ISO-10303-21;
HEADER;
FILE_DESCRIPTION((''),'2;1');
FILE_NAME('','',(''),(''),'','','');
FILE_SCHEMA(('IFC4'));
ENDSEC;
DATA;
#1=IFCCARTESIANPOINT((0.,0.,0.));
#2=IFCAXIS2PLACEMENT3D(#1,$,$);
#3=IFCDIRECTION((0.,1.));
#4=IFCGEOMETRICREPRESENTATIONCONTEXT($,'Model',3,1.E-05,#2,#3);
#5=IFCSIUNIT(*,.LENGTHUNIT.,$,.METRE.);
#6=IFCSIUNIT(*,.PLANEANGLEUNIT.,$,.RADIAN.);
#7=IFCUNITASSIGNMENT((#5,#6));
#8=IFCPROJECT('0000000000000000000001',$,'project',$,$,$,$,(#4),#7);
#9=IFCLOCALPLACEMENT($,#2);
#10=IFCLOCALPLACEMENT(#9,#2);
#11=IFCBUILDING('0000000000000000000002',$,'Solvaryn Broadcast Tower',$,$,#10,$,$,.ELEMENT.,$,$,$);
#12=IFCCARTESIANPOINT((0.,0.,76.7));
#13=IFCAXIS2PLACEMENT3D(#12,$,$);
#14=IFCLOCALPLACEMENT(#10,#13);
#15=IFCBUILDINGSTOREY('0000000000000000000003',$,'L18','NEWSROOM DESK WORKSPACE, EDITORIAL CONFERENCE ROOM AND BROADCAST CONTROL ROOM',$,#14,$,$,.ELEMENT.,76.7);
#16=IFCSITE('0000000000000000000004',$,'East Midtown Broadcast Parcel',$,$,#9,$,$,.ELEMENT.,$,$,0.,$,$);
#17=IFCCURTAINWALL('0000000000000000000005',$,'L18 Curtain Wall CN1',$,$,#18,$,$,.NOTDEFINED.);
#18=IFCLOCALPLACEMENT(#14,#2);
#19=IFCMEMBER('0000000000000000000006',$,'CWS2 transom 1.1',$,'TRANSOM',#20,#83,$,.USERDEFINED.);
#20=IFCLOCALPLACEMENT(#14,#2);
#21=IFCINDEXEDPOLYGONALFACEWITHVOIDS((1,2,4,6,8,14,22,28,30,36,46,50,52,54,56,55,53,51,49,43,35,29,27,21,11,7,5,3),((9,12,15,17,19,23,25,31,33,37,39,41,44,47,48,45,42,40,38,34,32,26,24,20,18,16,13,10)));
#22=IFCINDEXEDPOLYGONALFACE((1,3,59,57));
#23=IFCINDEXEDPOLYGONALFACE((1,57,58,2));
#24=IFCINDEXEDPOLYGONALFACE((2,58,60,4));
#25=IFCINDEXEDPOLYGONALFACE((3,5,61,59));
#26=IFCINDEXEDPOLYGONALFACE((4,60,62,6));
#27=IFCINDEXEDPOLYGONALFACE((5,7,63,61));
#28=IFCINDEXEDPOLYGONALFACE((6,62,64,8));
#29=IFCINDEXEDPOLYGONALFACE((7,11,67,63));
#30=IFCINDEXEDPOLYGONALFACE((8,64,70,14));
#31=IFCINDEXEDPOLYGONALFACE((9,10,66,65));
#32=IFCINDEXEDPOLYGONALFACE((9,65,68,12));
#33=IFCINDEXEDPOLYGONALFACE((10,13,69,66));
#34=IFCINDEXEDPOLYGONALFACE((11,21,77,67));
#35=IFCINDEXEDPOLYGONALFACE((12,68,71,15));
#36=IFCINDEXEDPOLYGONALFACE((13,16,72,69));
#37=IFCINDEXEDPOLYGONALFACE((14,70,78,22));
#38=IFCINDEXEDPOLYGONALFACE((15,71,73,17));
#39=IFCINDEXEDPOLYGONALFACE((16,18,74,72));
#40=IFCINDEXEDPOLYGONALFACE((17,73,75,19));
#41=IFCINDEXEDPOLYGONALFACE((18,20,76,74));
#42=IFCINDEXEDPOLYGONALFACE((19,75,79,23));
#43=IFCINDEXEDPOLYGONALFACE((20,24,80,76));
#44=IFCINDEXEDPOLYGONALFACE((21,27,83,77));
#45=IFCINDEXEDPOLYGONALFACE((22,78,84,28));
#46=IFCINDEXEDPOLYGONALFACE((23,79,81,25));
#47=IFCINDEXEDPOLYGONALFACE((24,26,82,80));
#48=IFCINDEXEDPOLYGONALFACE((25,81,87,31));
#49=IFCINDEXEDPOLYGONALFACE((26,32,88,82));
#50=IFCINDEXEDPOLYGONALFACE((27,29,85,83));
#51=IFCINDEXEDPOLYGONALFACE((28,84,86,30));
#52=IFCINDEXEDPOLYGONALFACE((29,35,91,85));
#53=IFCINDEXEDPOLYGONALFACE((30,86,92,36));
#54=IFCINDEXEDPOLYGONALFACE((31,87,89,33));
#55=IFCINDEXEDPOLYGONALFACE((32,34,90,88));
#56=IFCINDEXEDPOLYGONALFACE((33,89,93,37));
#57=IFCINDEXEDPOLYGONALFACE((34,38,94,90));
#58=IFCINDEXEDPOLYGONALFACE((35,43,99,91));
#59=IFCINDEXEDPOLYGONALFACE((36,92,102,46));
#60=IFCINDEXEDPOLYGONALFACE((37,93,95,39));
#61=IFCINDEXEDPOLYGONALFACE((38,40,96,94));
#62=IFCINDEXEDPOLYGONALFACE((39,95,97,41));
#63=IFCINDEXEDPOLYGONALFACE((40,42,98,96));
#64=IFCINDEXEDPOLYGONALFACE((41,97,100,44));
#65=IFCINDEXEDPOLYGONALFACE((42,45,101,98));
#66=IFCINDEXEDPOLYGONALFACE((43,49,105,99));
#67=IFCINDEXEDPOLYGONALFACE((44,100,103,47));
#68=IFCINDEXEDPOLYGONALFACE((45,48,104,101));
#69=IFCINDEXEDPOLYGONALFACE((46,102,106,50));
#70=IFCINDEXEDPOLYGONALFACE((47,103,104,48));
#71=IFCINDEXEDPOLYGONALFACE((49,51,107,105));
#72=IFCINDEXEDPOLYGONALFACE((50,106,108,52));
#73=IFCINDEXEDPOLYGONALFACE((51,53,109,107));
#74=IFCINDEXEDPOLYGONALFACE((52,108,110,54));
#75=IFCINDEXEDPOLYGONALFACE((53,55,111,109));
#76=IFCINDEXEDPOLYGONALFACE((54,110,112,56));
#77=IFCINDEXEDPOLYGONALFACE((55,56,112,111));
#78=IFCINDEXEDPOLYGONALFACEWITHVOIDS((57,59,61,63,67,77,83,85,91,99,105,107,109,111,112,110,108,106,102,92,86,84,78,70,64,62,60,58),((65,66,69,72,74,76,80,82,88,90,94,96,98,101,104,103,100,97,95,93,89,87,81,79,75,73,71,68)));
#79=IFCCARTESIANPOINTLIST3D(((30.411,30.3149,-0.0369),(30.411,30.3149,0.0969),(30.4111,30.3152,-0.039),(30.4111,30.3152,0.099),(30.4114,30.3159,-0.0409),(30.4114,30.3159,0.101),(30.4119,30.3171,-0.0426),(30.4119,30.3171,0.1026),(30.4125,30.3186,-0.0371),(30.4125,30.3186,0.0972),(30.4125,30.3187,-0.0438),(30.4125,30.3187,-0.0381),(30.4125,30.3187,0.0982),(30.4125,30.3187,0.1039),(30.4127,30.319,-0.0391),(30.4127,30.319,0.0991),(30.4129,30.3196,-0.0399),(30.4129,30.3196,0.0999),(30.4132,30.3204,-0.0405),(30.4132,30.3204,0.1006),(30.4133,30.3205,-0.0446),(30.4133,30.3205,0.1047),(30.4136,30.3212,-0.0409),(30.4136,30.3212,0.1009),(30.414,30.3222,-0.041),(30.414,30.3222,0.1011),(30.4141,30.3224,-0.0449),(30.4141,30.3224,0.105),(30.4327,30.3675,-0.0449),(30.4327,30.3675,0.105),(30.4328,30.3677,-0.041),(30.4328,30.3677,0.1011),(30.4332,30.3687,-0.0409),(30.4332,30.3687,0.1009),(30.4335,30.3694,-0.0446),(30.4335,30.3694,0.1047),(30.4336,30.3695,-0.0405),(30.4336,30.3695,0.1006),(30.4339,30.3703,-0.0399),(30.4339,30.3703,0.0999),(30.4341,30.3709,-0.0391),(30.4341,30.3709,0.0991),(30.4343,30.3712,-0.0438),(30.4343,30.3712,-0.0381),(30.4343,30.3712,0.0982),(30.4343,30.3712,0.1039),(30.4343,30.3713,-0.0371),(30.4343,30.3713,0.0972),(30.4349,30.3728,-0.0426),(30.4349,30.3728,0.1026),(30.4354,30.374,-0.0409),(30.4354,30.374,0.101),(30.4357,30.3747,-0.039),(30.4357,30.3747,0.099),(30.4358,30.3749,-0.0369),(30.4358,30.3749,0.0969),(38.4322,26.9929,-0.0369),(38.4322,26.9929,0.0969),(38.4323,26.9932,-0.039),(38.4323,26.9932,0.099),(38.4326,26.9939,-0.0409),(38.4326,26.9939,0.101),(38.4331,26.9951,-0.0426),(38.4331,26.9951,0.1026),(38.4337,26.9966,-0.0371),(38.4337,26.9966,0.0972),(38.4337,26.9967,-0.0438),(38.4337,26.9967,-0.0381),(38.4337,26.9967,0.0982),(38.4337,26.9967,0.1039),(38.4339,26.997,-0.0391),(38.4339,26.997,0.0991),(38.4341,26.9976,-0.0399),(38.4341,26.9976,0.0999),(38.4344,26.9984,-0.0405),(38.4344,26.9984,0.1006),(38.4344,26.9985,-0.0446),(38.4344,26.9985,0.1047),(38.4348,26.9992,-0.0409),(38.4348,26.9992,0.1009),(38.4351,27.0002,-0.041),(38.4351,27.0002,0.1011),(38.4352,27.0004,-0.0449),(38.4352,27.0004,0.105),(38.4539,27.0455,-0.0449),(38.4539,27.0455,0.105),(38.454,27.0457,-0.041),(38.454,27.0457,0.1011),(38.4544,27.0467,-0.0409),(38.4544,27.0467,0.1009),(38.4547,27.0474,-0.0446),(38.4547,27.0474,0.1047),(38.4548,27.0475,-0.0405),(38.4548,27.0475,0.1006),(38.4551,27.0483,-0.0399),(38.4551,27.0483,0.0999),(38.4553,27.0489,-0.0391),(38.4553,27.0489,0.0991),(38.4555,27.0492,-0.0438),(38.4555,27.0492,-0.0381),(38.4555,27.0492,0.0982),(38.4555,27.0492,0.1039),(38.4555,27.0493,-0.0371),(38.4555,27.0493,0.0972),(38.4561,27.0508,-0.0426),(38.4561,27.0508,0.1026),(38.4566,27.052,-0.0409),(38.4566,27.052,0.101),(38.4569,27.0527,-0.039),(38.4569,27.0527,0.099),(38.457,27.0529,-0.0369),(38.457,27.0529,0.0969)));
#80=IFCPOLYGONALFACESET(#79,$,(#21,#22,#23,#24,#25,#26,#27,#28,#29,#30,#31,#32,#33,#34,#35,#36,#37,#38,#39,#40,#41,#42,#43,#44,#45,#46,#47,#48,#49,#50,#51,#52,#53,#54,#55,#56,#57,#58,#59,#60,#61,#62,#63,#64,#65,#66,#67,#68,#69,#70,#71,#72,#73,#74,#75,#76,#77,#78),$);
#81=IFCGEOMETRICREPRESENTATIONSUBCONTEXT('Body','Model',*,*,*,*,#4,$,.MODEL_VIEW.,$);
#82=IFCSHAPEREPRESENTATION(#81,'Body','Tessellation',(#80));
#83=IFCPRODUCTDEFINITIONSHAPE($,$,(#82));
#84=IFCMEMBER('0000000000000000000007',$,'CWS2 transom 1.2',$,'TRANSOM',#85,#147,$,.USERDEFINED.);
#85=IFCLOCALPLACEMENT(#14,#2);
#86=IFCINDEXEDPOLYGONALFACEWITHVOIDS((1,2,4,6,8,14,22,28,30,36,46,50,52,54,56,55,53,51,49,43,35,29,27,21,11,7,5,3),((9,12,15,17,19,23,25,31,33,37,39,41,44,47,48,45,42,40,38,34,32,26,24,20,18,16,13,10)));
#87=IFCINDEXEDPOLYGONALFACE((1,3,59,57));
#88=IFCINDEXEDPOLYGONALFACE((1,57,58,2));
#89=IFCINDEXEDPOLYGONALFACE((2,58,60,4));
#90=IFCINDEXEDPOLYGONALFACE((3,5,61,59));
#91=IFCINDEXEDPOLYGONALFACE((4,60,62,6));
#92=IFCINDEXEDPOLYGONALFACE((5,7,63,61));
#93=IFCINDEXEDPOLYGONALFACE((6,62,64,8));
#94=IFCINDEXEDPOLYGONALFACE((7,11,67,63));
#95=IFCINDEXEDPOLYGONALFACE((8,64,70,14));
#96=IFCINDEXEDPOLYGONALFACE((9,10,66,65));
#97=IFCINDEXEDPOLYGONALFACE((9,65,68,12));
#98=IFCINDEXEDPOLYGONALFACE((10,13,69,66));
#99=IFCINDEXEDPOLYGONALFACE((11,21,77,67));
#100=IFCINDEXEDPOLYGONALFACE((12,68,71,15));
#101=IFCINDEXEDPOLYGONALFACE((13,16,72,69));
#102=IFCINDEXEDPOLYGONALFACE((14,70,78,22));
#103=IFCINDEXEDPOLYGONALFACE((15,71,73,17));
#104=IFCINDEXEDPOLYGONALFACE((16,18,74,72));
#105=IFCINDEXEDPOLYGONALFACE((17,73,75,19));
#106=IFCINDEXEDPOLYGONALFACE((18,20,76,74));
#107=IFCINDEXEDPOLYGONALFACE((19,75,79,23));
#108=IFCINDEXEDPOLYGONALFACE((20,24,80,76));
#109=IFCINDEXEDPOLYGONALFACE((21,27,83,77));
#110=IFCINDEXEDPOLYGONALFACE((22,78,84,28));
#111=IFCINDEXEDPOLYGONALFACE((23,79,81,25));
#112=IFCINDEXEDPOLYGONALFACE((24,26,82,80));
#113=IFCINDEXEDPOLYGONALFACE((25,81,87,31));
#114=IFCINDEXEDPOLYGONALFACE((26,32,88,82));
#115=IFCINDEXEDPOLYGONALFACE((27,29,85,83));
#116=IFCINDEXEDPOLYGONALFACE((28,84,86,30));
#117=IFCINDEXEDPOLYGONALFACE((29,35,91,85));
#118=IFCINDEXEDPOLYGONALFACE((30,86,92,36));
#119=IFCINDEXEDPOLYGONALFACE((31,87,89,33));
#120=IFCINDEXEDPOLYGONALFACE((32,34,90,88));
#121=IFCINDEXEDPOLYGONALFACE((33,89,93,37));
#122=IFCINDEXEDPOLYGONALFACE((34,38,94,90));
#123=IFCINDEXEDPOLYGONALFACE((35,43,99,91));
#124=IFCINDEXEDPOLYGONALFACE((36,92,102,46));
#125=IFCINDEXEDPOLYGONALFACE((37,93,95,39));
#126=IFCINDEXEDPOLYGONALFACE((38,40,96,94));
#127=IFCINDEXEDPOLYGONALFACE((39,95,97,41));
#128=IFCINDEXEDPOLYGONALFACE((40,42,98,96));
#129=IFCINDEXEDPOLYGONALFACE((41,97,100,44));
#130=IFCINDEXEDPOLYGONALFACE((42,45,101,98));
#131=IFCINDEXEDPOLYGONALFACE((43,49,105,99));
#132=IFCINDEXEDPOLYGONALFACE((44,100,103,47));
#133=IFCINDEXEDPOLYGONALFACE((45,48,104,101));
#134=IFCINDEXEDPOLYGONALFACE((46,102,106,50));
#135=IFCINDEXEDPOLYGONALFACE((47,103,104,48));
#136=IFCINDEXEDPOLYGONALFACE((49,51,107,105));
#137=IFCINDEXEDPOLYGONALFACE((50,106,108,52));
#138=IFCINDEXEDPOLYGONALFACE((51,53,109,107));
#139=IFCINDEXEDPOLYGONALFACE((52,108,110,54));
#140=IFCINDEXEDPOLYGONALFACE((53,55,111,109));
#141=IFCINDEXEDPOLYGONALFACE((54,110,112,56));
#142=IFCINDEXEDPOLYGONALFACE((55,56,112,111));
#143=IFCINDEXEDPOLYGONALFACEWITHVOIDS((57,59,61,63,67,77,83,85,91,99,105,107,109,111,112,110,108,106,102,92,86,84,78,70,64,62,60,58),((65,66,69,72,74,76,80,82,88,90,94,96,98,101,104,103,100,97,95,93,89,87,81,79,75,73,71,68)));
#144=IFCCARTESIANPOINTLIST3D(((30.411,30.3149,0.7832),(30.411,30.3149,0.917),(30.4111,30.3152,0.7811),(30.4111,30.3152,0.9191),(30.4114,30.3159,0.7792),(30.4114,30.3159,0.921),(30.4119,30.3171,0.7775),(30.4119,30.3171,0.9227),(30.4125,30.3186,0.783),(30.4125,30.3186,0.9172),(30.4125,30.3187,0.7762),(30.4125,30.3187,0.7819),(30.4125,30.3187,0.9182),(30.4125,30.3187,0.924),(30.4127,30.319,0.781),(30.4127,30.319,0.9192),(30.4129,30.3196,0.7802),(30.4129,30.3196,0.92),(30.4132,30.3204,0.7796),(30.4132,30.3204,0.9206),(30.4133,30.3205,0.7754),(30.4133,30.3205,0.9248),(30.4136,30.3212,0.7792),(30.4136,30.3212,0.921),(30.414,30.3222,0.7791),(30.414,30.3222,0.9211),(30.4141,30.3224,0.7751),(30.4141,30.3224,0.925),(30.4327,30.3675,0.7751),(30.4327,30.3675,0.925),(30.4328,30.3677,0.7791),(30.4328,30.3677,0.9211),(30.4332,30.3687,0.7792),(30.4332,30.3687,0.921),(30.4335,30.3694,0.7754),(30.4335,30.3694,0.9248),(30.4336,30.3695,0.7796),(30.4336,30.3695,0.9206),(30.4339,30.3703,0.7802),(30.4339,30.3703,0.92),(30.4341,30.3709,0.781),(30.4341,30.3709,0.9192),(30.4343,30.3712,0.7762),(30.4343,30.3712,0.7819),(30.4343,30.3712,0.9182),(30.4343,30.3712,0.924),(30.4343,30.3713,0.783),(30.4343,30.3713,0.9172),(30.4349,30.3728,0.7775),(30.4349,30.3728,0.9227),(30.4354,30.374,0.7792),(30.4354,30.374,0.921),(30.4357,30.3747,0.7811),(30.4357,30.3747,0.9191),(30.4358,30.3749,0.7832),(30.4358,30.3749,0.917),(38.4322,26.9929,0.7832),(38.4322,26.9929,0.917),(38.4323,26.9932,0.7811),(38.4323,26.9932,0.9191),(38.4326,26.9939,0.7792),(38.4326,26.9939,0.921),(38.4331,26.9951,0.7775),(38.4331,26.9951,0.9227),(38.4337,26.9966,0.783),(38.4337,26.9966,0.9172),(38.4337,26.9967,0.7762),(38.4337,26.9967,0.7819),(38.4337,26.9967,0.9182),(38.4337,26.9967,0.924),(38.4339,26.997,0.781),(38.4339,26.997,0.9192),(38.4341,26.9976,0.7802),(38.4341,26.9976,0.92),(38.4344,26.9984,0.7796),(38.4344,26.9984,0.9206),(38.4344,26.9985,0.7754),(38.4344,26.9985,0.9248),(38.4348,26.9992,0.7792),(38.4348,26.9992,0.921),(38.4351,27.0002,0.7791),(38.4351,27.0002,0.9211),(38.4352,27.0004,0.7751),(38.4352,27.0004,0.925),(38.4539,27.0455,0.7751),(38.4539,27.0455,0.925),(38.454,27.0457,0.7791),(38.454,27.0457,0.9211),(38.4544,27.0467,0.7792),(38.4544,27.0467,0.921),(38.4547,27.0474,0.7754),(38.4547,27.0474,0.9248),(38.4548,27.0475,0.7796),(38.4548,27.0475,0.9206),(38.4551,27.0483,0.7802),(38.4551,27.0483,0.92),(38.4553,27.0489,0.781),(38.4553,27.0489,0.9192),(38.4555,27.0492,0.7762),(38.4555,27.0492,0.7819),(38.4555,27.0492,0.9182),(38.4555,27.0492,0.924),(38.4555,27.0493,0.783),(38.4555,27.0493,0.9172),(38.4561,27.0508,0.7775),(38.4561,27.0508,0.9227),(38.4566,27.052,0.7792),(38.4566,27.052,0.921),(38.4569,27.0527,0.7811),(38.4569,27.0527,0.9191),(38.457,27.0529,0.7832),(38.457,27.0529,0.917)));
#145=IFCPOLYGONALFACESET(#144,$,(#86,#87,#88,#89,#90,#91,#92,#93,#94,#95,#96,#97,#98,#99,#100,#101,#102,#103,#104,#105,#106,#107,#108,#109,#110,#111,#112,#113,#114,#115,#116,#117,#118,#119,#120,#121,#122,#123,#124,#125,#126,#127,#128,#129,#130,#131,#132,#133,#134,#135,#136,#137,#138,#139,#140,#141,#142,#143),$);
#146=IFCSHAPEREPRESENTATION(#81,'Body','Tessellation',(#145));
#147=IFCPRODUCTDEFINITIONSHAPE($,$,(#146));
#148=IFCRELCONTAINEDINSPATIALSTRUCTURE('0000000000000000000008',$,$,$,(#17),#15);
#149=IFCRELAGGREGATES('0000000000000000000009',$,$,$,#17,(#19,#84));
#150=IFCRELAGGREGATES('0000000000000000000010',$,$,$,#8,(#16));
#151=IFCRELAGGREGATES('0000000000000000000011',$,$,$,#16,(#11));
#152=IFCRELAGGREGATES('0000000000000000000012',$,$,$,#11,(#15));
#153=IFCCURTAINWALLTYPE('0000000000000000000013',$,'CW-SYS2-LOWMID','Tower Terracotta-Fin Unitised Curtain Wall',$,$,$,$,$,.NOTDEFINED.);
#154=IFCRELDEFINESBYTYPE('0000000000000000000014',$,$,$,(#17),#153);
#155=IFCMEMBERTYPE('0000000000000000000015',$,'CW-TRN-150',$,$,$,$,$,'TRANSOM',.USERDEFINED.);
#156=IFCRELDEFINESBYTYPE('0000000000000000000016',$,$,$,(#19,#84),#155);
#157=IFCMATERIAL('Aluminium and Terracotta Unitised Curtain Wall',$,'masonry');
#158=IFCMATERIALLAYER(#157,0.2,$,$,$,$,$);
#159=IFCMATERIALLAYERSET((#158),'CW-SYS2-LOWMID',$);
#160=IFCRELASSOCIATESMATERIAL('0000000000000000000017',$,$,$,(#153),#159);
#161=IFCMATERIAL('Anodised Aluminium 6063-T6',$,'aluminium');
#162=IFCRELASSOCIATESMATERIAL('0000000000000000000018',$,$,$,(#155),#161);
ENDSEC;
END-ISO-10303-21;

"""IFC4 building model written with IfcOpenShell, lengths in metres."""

from ifc_helpers import new_model, si_unit, direction, frame, origin, origin_2d, place, context, subcontext, project, spatial, hollow_rectangle, extrude, material, layer, layer_set, material_profile, profile_set, type_object, element, aggregate, save


model = new_model("IFC4")

# Units and contexts
model_context = context("Model", 3, precision=1e-05, world=origin(), true_north=direction((0.0, 1.0)))
body_context = subcontext(model_context, "Body", "Model", "MODEL_VIEW")
ifc_project = project(units=[si_unit("LENGTHUNIT", "METRE"), si_unit("PLANEANGLEUNIT", "RADIAN")], contexts=[model_context])

# Site, building, storey
site_placement = place(None, origin())
site = spatial("IfcSite", under=ifc_project, at=site_placement, Name="East Midtown Broadcast Parcel", CompositionType="ELEMENT", RefElevation=0.0)
building_placement = place(site_placement, origin())
building = spatial("IfcBuilding", under=site, at=building_placement, Name="Solvaryn Broadcast Tower", CompositionType="ELEMENT")
storey_placement = place(building_placement, frame((0.0, 0.0, 76.7)))
storey = spatial("IfcBuildingStorey", under=building, at=storey_placement, Name="L18", Description="NEWSROOM DESK WORKSPACE, EDITORIAL CONFERENCE ROOM AND BROADCAST CONTROL ROOM", CompositionType="ELEMENT", Elevation=76.7)

# Curtain wall
ifc_material_1 = material(Name="Aluminium and Terracotta Unitised Curtain Wall", Category="masonry")
ifc_layer_1 = layer(ifc_material_1, 0.2)
ifc_layer_set_1 = layer_set([ifc_layer_1], Name="CW-SYS2-LOWMID")
curtain_wall_type = type_object("IfcCurtainWallType", Name="CW-SYS2-LOWMID", Description="Tower Terracotta-Fin Unitised Curtain Wall", PredefinedType="NOTDEFINED", material=ifc_layer_set_1)
curtain_wall_1_placement = place(storey_placement, origin())
curtain_wall_1 = element("IfcCurtainWall", 1, at=curtain_wall_1_placement, inside=storey, type_object=curtain_wall_type, Name="L18 Curtain Wall CN1", PredefinedType="NOTDEFINED")

# Members
ifc_material_2 = material(Name="Anodised Aluminium 6063-T6", Category="aluminium")
ifc_material_profile_1 = material_profile(ifc_material_2, hollow_rectangle(XDim=0.0649, YDim=0.1499, WallThickness=0.0039, InnerFilletRadius=0.0039, OuterFilletRadius=0.0081, at=origin_2d()))
ifc_profile_set_1 = profile_set([ifc_material_profile_1], Name="Anodised Aluminium 6063-T6")
member_type_1 = type_object("IfcMemberType", Name="CW-TRN-150", ElementType="TRANSOM", PredefinedType="USERDEFINED", material=ifc_profile_set_1)
member_1_placement = place(storey_placement, frame((38.4446, 27.0229, 0.03), z_axis=(-0.923899, 0.382636, 0.0), x_axis=(-0.382636, -0.923899, 0.0)))
member_1 = element("IfcMember", 2, at=member_1_placement, type_object=member_type_1, Name="CWS2 transom 1.1", ObjectType="TRANSOM", PredefinedType="USERDEFINED", context=body_context, shape_type="SweptSolid", body=[
    extrude(hollow_rectangle(XDim=0.0649, YDim=0.1499, WallThickness=0.0039, InnerFilletRadius=0.0039, OuterFilletRadius=0.0081, at=origin_2d()), origin(), (0.0, 0.0, 1.0), 8.6819),
])
member_2_placement = place(storey_placement, frame((38.4446, 27.0229, 0.8501), z_axis=(-0.923899, 0.382636, 0.0), x_axis=(-0.382636, -0.923899, 0.0)))
member_2 = element("IfcMember", 3, at=member_2_placement, type_object=member_type_1, Name="CWS2 transom 1.2", ObjectType="TRANSOM", PredefinedType="USERDEFINED", context=body_context, shape_type="SweptSolid", body=[
    extrude(hollow_rectangle(XDim=0.0649, YDim=0.1499, WallThickness=0.0039, InnerFilletRadius=0.0039, OuterFilletRadius=0.0081, at=origin_2d()), origin(), (0.0, 0.0, 1.0), 8.6819),
])
aggregate(curtain_wall_1, [member_1, member_2])

save(model, "model.ifc")
